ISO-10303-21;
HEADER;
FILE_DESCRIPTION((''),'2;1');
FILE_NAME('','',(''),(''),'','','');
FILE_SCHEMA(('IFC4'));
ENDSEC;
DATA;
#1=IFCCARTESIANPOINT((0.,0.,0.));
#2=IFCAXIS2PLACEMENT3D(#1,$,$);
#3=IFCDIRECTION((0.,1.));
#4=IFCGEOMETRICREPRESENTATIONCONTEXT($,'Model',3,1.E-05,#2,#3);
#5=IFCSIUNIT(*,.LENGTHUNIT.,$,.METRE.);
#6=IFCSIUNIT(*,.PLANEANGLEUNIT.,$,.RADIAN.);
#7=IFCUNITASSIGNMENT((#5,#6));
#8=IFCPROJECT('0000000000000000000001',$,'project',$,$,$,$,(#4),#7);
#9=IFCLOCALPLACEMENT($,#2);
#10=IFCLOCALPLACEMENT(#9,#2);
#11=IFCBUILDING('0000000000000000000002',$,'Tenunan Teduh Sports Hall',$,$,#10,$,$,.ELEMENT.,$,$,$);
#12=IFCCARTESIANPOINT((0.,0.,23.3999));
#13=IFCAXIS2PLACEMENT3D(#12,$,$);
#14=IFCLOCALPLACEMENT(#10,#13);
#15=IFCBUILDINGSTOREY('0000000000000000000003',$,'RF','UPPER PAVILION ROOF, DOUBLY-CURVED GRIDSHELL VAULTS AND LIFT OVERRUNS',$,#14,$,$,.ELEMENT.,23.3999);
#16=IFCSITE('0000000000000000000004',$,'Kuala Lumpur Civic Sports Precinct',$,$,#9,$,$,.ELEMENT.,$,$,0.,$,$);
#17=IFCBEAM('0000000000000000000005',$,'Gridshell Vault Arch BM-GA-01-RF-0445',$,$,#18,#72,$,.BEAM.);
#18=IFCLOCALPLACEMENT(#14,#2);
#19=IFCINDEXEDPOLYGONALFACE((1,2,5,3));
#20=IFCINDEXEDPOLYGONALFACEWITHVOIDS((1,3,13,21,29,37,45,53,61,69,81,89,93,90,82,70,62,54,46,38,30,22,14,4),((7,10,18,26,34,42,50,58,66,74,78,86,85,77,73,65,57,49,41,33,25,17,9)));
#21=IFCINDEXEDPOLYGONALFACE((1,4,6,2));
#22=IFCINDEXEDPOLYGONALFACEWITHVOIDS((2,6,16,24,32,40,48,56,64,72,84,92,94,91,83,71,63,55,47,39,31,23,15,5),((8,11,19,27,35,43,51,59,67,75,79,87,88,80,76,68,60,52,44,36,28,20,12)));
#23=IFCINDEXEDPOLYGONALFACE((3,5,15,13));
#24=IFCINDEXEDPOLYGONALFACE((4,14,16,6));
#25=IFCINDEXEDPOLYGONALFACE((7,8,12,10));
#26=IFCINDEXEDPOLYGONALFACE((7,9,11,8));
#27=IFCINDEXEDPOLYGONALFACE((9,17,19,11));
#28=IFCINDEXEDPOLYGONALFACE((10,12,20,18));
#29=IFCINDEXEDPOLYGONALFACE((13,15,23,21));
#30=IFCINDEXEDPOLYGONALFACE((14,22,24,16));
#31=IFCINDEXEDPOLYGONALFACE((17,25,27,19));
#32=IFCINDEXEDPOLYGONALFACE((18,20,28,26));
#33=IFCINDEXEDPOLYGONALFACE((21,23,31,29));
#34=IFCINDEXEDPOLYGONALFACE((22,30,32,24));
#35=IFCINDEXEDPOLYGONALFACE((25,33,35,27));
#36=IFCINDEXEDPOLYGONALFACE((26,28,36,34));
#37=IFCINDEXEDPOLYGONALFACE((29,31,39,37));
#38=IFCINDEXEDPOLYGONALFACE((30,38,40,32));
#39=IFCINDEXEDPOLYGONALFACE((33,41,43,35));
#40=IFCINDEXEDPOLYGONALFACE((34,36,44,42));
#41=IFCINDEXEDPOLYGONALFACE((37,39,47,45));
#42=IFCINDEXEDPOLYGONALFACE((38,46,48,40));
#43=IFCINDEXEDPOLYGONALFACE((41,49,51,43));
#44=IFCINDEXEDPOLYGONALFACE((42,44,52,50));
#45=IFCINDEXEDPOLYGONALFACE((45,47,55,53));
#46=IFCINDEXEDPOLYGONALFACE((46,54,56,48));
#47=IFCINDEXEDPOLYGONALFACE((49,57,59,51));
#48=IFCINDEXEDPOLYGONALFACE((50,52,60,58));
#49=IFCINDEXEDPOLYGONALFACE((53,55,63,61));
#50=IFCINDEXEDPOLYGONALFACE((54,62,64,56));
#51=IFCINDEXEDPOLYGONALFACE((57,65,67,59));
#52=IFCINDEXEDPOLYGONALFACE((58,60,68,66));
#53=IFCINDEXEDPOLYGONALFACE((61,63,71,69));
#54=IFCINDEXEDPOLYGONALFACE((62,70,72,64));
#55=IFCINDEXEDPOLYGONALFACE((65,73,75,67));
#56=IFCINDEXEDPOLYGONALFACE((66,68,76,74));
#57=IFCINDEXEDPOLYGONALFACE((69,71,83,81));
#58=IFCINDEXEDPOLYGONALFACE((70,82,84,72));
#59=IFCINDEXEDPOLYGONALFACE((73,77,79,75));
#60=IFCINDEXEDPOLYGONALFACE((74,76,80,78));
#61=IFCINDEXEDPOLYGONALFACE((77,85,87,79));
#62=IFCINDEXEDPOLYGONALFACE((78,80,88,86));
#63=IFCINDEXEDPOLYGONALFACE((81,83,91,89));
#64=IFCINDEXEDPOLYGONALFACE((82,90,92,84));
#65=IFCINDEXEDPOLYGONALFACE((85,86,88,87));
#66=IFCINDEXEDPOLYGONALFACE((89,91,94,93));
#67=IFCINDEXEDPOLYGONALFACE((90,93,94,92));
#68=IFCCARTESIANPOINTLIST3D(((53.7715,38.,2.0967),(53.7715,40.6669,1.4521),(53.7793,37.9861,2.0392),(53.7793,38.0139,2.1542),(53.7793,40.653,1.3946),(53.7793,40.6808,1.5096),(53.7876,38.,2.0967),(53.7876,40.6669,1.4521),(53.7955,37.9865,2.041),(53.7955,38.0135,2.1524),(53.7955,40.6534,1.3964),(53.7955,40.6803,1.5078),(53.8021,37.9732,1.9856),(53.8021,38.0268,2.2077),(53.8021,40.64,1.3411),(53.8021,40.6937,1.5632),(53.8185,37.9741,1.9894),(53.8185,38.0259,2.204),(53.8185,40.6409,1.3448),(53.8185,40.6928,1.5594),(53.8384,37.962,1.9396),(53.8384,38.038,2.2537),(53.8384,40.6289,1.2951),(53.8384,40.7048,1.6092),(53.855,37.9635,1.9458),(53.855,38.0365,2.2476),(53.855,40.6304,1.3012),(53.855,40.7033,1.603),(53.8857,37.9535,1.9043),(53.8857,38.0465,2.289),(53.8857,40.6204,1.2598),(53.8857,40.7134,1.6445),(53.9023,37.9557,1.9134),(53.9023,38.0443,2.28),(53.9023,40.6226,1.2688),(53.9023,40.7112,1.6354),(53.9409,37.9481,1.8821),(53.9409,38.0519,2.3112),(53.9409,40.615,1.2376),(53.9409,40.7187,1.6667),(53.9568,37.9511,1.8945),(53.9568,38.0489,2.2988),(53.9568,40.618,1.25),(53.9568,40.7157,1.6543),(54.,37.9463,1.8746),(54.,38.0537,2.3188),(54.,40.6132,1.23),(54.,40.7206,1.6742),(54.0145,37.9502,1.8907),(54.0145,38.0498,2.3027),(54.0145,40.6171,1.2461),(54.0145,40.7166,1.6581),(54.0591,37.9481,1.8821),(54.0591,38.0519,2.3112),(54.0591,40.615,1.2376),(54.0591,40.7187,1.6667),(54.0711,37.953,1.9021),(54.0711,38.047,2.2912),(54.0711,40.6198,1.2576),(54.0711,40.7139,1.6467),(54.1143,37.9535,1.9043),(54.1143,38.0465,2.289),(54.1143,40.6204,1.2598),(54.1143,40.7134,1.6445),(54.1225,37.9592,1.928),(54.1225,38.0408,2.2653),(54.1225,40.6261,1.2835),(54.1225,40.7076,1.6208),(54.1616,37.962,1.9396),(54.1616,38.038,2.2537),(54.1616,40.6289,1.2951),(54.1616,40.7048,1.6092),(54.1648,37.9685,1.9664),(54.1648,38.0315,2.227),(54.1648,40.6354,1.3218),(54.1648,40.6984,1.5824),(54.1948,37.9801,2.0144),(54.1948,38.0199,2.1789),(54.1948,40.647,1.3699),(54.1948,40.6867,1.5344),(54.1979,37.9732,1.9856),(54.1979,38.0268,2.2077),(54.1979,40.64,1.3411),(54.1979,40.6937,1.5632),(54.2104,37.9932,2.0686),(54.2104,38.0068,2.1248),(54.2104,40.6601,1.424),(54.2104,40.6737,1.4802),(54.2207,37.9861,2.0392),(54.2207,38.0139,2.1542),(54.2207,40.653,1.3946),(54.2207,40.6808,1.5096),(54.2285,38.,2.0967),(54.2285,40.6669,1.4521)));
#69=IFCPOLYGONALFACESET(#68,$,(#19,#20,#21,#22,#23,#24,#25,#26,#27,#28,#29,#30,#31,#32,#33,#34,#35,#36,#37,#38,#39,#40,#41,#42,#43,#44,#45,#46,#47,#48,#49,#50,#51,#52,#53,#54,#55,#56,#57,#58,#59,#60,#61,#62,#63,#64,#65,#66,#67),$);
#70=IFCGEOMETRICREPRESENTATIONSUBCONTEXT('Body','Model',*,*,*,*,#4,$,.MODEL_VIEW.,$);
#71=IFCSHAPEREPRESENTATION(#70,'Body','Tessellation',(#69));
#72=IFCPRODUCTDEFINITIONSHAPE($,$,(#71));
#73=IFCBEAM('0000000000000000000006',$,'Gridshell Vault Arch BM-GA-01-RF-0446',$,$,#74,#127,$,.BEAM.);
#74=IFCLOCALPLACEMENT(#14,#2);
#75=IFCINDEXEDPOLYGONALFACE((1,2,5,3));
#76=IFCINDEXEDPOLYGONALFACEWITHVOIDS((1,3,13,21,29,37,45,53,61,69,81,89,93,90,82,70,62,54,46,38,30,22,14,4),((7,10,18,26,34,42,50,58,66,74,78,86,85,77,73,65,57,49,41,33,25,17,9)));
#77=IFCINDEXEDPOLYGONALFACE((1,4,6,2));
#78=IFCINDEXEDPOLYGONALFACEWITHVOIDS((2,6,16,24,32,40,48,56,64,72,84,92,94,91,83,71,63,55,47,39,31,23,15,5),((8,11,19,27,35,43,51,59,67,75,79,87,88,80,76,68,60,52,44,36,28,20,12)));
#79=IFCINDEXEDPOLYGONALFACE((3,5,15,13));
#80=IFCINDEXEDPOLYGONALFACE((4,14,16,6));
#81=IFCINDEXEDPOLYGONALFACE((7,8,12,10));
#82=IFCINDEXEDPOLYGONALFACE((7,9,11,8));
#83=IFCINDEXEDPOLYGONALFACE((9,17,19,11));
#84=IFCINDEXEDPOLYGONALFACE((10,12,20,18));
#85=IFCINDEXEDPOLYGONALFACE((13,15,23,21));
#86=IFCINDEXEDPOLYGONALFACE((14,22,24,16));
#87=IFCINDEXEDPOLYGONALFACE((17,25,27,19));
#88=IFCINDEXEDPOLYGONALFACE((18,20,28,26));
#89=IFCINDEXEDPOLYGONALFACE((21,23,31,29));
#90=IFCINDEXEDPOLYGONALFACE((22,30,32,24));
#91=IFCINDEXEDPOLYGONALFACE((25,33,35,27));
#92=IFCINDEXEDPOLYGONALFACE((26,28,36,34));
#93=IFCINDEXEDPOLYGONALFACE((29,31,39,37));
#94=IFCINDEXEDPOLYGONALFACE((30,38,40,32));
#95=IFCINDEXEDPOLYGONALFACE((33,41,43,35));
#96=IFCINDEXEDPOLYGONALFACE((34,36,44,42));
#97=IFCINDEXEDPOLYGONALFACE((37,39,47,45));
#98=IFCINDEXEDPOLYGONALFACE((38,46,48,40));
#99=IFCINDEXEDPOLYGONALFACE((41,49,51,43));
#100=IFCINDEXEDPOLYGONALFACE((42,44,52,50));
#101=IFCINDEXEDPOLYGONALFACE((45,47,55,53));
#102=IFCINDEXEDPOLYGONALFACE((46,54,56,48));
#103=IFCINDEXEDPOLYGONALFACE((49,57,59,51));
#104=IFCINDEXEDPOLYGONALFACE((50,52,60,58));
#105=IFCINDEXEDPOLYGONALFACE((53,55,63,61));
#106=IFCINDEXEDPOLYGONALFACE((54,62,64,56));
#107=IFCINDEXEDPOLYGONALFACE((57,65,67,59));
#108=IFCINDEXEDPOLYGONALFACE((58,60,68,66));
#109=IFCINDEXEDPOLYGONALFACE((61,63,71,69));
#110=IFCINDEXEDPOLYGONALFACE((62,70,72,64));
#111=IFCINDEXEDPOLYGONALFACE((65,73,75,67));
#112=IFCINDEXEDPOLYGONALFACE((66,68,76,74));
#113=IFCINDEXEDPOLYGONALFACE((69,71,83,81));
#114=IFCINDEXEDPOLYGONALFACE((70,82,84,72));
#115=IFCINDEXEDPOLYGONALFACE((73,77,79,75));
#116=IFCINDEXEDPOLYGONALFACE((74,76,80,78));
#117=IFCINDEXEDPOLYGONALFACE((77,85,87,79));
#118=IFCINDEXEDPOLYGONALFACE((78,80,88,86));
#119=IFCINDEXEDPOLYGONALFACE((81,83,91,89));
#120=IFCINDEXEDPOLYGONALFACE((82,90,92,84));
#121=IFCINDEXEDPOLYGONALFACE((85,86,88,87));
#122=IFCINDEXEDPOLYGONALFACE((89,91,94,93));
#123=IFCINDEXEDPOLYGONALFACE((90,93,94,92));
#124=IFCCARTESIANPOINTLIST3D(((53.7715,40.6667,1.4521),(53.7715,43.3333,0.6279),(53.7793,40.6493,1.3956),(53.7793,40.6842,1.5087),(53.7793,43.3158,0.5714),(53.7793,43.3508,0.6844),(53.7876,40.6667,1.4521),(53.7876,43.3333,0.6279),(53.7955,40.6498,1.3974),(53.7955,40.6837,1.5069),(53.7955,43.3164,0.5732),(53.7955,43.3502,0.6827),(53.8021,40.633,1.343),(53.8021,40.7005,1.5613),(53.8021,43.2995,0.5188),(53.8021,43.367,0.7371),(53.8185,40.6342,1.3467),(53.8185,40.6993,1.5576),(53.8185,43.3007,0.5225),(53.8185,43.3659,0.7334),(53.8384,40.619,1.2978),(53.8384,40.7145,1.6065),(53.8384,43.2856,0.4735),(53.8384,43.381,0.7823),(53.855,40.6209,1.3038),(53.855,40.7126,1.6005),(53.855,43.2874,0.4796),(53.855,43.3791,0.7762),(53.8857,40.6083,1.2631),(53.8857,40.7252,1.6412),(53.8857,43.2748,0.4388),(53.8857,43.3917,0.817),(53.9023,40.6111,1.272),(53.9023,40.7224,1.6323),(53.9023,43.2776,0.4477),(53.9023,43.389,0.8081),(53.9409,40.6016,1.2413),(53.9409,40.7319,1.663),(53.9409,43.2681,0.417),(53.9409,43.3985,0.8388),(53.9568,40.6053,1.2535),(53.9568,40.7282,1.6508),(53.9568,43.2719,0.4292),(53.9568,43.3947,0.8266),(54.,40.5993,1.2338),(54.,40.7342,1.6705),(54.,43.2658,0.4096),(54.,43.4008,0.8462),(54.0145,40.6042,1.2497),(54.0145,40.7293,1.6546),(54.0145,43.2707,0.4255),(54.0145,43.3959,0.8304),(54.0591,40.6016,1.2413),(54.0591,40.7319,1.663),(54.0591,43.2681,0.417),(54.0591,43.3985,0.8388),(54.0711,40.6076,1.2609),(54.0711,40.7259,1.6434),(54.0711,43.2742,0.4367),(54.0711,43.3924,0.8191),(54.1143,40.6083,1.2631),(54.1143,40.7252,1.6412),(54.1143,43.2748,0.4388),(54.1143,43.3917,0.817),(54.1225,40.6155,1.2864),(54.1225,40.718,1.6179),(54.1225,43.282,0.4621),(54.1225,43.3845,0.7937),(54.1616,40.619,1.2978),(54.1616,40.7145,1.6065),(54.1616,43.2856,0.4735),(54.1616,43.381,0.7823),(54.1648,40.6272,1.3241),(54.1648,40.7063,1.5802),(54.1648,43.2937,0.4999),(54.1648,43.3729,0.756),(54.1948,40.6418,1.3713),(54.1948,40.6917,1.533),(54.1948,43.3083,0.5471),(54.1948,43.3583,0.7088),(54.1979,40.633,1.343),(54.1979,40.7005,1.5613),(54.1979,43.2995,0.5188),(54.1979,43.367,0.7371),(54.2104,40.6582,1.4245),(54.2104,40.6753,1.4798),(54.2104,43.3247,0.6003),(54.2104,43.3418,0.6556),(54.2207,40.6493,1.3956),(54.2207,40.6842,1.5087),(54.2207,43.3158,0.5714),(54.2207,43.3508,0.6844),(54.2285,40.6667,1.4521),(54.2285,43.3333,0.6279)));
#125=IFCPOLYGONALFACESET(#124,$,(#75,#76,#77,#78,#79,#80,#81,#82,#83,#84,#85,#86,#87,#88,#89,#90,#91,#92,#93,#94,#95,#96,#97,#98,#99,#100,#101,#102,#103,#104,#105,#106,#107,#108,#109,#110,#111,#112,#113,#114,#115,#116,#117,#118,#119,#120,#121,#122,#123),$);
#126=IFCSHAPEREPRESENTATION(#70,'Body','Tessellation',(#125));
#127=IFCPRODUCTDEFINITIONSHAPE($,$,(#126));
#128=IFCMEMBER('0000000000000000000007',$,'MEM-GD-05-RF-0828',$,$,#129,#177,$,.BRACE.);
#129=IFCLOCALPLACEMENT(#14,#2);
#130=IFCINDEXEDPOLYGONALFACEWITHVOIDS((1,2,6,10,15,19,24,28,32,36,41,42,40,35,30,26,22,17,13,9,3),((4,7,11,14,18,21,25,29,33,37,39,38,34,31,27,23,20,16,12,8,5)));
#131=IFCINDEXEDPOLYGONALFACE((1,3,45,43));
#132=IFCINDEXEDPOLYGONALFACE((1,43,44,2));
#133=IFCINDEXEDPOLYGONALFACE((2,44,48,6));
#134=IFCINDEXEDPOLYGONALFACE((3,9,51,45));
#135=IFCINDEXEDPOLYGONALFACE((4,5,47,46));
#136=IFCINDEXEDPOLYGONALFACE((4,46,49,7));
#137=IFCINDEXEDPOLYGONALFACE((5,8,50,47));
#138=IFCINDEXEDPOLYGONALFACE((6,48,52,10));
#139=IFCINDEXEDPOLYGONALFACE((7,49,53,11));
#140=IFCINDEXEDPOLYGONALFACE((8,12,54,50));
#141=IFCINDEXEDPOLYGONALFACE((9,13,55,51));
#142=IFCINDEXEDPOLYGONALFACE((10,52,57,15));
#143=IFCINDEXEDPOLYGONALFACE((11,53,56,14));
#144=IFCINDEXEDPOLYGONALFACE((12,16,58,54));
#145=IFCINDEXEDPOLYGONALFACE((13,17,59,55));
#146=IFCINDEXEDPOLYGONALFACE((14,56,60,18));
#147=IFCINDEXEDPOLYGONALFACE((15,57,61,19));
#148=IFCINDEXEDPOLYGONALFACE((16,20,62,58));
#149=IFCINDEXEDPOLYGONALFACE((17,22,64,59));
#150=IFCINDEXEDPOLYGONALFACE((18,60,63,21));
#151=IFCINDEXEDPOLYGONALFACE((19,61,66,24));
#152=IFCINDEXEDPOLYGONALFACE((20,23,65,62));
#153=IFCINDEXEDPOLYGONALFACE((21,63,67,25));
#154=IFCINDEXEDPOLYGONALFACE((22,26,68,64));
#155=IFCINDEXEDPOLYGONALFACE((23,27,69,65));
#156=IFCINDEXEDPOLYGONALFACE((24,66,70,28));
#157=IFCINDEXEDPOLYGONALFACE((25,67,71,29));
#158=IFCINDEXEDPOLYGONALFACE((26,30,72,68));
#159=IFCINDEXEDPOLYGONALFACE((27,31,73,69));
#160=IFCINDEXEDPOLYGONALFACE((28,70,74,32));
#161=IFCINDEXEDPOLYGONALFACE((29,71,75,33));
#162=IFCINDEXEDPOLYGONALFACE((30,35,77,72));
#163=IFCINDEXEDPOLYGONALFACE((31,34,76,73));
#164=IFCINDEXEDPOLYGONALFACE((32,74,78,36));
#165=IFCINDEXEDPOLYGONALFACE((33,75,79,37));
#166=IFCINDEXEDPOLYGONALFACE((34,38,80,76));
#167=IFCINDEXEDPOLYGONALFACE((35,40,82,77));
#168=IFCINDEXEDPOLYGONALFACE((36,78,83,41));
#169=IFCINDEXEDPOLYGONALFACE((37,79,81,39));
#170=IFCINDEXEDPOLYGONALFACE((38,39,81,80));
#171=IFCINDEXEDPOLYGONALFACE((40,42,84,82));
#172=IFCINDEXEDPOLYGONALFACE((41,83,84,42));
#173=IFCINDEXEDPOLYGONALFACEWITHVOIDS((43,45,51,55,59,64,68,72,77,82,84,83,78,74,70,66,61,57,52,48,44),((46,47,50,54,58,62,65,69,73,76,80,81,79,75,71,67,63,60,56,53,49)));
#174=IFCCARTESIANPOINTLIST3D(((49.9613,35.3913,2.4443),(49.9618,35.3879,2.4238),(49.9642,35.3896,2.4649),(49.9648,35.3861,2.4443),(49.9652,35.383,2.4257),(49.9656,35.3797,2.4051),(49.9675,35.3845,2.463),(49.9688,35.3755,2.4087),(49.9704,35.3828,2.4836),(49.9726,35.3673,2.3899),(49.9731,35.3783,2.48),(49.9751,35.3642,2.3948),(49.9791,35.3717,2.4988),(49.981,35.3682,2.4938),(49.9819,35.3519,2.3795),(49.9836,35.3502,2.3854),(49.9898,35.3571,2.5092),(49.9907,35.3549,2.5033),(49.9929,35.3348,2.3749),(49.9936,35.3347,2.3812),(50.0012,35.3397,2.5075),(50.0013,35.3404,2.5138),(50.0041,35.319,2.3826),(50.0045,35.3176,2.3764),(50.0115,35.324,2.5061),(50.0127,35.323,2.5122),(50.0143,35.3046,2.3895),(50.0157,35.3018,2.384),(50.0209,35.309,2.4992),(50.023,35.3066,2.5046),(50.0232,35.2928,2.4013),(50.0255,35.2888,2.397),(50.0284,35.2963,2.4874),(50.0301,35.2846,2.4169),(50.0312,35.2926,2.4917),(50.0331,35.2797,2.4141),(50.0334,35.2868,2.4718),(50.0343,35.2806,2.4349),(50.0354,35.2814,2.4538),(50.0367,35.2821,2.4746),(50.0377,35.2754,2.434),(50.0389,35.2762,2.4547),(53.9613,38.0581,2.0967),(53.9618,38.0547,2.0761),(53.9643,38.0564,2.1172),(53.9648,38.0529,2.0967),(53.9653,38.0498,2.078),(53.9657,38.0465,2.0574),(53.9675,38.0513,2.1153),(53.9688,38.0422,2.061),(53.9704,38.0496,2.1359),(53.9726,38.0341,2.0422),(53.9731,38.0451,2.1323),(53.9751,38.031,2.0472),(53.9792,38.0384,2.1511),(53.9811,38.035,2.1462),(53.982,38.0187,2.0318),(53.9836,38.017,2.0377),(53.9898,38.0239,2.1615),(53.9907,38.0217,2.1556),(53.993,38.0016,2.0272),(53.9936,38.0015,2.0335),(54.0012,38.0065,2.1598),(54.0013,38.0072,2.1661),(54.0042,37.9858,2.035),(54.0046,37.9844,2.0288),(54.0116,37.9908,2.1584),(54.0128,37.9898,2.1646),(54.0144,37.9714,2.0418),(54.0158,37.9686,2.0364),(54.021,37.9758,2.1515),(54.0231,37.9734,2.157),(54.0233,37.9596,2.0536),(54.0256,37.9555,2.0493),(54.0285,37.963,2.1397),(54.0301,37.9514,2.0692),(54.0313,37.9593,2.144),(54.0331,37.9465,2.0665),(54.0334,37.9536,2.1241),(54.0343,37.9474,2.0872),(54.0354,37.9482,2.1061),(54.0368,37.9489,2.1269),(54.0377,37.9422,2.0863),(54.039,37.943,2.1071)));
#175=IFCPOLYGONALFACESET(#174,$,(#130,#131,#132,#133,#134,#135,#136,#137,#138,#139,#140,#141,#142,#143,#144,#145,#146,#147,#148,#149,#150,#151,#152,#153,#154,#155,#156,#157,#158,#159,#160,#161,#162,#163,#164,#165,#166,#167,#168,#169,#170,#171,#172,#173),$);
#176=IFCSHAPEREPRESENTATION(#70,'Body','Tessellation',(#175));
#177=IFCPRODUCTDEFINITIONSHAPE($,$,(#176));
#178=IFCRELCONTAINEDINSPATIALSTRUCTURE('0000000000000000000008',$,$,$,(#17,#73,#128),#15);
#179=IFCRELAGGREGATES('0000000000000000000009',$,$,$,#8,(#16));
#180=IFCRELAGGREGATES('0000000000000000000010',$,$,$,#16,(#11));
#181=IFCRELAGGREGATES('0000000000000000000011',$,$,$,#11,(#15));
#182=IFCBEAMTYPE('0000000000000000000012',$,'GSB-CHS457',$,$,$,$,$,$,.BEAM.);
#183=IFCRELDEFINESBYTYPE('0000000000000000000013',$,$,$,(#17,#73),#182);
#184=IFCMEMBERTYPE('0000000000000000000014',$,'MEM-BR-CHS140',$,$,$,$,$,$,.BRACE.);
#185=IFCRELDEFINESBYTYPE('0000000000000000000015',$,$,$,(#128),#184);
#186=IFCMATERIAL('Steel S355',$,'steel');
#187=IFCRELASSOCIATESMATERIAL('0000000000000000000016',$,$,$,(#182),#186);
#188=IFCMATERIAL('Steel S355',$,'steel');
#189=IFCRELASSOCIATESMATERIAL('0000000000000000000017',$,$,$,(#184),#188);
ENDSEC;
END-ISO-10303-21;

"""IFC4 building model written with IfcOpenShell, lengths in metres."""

from ifc_helpers import new_model, si_unit, direction, frame, origin, origin_2d, place, context, subcontext, project, spatial, hollow_circle, extrude, material, material_profile, profile_set, type_object, element, save


model = new_model("IFC4")

# Units and contexts
model_context = context("Model", 3, precision=1e-05, world=origin(), true_north=direction((0.0, 1.0)))
body_context = subcontext(model_context, "Body", "Model", "MODEL_VIEW")
ifc_project = project(units=[si_unit("LENGTHUNIT", "METRE"), si_unit("PLANEANGLEUNIT", "RADIAN")], contexts=[model_context])

# Site, building, storey
site_placement = place(None, origin())
site = spatial("IfcSite", under=ifc_project, at=site_placement, Name="Kuala Lumpur Civic Sports Precinct", CompositionType="ELEMENT", RefElevation=0.0)
building_placement = place(site_placement, origin())
building = spatial("IfcBuilding", under=site, at=building_placement, Name="Tenunan Teduh Sports Hall", CompositionType="ELEMENT")
storey_placement = place(building_placement, frame((0.0, 0.0, 23.3999)))
storey = spatial("IfcBuildingStorey", under=building, at=storey_placement, Name="RF", Description="UPPER PAVILION ROOF, DOUBLY-CURVED GRIDSHELL VAULTS AND LIFT OVERRUNS", CompositionType="ELEMENT", Elevation=23.3999)

# Beams
ifc_material_1 = material(Name="Steel S355", Category="steel")
ifc_material_profile_1 = material_profile(ifc_material_1, hollow_circle(Radius=0.2285, WallThickness=0.0161, at=origin_2d()), Name="CHS 457.0x16.0")
ifc_profile_set_1 = profile_set([ifc_material_profile_1], Name="Steel S355")
beam_type_1 = type_object("IfcBeamType", Name="GSB-CHS457", PredefinedType="BEAM", material=ifc_profile_set_1)
beam_1_placement = place(storey_placement, frame((54.0, 38.0, 2.0967), z_axis=(0.0, 0.972013, -0.234928), x_axis=(-1.0, 0.0, 0.0)))
element("IfcBeam", 1, at=beam_1_placement, inside=storey, type_object=beam_type_1, Name="Gridshell Vault Arch BM-GA-01-RF-0445", PredefinedType="BEAM", context=body_context, shape_type="SweptSolid", body=[
    extrude(hollow_circle(Radius=0.2285, WallThickness=0.0161, at=origin_2d()), origin(), (0.0, 0.0, 1.0), 2.7437),
])
beam_2_placement = place(storey_placement, frame((54.0, 40.6667, 1.4521), z_axis=(0.0, 0.9554, -0.295315), x_axis=(-1.0, 0.0, 0.0)))
element("IfcBeam", 2, at=beam_2_placement, inside=storey, type_object=beam_type_1, Name="Gridshell Vault Arch BM-GA-01-RF-0446", PredefinedType="BEAM", context=body_context, shape_type="SweptSolid", body=[
    extrude(hollow_circle(Radius=0.2285, WallThickness=0.0161, at=origin_2d()), origin(), (0.0, 0.0, 1.0), 2.791),
])

# Member
ifc_material_2 = material(Name="Steel S355", Category="steel")
ifc_material_profile_2 = material_profile(ifc_material_2, hollow_circle(Radius=0.0698, WallThickness=0.0063, at=origin_2d()), Name="CHS 139.7x6.3")
ifc_profile_set_2 = profile_set([ifc_material_profile_2], Name="Steel S355")
member_type_1 = type_object("IfcMemberType", Name="MEM-BR-CHS140", PredefinedType="BRACE", material=ifc_profile_set_2)
member_1_placement = place(storey_placement, frame((50.0, 35.3333, 2.4443), z_axis=(0.829875, 0.553267, -0.072128), x_axis=(-0.554712, 0.832042, 0.0)))
element("IfcMember", 3, at=member_1_placement, inside=storey, type_object=member_type_1, Name="MEM-GD-05-RF-0828", PredefinedType="BRACE", context=body_context, shape_type="SweptSolid", body=[
    extrude(hollow_circle(Radius=0.0698, WallThickness=0.0063, at=origin_2d()), origin(), (0.0, 0.0, 1.0), 4.8201),
])

save(model, "model.ifc")
